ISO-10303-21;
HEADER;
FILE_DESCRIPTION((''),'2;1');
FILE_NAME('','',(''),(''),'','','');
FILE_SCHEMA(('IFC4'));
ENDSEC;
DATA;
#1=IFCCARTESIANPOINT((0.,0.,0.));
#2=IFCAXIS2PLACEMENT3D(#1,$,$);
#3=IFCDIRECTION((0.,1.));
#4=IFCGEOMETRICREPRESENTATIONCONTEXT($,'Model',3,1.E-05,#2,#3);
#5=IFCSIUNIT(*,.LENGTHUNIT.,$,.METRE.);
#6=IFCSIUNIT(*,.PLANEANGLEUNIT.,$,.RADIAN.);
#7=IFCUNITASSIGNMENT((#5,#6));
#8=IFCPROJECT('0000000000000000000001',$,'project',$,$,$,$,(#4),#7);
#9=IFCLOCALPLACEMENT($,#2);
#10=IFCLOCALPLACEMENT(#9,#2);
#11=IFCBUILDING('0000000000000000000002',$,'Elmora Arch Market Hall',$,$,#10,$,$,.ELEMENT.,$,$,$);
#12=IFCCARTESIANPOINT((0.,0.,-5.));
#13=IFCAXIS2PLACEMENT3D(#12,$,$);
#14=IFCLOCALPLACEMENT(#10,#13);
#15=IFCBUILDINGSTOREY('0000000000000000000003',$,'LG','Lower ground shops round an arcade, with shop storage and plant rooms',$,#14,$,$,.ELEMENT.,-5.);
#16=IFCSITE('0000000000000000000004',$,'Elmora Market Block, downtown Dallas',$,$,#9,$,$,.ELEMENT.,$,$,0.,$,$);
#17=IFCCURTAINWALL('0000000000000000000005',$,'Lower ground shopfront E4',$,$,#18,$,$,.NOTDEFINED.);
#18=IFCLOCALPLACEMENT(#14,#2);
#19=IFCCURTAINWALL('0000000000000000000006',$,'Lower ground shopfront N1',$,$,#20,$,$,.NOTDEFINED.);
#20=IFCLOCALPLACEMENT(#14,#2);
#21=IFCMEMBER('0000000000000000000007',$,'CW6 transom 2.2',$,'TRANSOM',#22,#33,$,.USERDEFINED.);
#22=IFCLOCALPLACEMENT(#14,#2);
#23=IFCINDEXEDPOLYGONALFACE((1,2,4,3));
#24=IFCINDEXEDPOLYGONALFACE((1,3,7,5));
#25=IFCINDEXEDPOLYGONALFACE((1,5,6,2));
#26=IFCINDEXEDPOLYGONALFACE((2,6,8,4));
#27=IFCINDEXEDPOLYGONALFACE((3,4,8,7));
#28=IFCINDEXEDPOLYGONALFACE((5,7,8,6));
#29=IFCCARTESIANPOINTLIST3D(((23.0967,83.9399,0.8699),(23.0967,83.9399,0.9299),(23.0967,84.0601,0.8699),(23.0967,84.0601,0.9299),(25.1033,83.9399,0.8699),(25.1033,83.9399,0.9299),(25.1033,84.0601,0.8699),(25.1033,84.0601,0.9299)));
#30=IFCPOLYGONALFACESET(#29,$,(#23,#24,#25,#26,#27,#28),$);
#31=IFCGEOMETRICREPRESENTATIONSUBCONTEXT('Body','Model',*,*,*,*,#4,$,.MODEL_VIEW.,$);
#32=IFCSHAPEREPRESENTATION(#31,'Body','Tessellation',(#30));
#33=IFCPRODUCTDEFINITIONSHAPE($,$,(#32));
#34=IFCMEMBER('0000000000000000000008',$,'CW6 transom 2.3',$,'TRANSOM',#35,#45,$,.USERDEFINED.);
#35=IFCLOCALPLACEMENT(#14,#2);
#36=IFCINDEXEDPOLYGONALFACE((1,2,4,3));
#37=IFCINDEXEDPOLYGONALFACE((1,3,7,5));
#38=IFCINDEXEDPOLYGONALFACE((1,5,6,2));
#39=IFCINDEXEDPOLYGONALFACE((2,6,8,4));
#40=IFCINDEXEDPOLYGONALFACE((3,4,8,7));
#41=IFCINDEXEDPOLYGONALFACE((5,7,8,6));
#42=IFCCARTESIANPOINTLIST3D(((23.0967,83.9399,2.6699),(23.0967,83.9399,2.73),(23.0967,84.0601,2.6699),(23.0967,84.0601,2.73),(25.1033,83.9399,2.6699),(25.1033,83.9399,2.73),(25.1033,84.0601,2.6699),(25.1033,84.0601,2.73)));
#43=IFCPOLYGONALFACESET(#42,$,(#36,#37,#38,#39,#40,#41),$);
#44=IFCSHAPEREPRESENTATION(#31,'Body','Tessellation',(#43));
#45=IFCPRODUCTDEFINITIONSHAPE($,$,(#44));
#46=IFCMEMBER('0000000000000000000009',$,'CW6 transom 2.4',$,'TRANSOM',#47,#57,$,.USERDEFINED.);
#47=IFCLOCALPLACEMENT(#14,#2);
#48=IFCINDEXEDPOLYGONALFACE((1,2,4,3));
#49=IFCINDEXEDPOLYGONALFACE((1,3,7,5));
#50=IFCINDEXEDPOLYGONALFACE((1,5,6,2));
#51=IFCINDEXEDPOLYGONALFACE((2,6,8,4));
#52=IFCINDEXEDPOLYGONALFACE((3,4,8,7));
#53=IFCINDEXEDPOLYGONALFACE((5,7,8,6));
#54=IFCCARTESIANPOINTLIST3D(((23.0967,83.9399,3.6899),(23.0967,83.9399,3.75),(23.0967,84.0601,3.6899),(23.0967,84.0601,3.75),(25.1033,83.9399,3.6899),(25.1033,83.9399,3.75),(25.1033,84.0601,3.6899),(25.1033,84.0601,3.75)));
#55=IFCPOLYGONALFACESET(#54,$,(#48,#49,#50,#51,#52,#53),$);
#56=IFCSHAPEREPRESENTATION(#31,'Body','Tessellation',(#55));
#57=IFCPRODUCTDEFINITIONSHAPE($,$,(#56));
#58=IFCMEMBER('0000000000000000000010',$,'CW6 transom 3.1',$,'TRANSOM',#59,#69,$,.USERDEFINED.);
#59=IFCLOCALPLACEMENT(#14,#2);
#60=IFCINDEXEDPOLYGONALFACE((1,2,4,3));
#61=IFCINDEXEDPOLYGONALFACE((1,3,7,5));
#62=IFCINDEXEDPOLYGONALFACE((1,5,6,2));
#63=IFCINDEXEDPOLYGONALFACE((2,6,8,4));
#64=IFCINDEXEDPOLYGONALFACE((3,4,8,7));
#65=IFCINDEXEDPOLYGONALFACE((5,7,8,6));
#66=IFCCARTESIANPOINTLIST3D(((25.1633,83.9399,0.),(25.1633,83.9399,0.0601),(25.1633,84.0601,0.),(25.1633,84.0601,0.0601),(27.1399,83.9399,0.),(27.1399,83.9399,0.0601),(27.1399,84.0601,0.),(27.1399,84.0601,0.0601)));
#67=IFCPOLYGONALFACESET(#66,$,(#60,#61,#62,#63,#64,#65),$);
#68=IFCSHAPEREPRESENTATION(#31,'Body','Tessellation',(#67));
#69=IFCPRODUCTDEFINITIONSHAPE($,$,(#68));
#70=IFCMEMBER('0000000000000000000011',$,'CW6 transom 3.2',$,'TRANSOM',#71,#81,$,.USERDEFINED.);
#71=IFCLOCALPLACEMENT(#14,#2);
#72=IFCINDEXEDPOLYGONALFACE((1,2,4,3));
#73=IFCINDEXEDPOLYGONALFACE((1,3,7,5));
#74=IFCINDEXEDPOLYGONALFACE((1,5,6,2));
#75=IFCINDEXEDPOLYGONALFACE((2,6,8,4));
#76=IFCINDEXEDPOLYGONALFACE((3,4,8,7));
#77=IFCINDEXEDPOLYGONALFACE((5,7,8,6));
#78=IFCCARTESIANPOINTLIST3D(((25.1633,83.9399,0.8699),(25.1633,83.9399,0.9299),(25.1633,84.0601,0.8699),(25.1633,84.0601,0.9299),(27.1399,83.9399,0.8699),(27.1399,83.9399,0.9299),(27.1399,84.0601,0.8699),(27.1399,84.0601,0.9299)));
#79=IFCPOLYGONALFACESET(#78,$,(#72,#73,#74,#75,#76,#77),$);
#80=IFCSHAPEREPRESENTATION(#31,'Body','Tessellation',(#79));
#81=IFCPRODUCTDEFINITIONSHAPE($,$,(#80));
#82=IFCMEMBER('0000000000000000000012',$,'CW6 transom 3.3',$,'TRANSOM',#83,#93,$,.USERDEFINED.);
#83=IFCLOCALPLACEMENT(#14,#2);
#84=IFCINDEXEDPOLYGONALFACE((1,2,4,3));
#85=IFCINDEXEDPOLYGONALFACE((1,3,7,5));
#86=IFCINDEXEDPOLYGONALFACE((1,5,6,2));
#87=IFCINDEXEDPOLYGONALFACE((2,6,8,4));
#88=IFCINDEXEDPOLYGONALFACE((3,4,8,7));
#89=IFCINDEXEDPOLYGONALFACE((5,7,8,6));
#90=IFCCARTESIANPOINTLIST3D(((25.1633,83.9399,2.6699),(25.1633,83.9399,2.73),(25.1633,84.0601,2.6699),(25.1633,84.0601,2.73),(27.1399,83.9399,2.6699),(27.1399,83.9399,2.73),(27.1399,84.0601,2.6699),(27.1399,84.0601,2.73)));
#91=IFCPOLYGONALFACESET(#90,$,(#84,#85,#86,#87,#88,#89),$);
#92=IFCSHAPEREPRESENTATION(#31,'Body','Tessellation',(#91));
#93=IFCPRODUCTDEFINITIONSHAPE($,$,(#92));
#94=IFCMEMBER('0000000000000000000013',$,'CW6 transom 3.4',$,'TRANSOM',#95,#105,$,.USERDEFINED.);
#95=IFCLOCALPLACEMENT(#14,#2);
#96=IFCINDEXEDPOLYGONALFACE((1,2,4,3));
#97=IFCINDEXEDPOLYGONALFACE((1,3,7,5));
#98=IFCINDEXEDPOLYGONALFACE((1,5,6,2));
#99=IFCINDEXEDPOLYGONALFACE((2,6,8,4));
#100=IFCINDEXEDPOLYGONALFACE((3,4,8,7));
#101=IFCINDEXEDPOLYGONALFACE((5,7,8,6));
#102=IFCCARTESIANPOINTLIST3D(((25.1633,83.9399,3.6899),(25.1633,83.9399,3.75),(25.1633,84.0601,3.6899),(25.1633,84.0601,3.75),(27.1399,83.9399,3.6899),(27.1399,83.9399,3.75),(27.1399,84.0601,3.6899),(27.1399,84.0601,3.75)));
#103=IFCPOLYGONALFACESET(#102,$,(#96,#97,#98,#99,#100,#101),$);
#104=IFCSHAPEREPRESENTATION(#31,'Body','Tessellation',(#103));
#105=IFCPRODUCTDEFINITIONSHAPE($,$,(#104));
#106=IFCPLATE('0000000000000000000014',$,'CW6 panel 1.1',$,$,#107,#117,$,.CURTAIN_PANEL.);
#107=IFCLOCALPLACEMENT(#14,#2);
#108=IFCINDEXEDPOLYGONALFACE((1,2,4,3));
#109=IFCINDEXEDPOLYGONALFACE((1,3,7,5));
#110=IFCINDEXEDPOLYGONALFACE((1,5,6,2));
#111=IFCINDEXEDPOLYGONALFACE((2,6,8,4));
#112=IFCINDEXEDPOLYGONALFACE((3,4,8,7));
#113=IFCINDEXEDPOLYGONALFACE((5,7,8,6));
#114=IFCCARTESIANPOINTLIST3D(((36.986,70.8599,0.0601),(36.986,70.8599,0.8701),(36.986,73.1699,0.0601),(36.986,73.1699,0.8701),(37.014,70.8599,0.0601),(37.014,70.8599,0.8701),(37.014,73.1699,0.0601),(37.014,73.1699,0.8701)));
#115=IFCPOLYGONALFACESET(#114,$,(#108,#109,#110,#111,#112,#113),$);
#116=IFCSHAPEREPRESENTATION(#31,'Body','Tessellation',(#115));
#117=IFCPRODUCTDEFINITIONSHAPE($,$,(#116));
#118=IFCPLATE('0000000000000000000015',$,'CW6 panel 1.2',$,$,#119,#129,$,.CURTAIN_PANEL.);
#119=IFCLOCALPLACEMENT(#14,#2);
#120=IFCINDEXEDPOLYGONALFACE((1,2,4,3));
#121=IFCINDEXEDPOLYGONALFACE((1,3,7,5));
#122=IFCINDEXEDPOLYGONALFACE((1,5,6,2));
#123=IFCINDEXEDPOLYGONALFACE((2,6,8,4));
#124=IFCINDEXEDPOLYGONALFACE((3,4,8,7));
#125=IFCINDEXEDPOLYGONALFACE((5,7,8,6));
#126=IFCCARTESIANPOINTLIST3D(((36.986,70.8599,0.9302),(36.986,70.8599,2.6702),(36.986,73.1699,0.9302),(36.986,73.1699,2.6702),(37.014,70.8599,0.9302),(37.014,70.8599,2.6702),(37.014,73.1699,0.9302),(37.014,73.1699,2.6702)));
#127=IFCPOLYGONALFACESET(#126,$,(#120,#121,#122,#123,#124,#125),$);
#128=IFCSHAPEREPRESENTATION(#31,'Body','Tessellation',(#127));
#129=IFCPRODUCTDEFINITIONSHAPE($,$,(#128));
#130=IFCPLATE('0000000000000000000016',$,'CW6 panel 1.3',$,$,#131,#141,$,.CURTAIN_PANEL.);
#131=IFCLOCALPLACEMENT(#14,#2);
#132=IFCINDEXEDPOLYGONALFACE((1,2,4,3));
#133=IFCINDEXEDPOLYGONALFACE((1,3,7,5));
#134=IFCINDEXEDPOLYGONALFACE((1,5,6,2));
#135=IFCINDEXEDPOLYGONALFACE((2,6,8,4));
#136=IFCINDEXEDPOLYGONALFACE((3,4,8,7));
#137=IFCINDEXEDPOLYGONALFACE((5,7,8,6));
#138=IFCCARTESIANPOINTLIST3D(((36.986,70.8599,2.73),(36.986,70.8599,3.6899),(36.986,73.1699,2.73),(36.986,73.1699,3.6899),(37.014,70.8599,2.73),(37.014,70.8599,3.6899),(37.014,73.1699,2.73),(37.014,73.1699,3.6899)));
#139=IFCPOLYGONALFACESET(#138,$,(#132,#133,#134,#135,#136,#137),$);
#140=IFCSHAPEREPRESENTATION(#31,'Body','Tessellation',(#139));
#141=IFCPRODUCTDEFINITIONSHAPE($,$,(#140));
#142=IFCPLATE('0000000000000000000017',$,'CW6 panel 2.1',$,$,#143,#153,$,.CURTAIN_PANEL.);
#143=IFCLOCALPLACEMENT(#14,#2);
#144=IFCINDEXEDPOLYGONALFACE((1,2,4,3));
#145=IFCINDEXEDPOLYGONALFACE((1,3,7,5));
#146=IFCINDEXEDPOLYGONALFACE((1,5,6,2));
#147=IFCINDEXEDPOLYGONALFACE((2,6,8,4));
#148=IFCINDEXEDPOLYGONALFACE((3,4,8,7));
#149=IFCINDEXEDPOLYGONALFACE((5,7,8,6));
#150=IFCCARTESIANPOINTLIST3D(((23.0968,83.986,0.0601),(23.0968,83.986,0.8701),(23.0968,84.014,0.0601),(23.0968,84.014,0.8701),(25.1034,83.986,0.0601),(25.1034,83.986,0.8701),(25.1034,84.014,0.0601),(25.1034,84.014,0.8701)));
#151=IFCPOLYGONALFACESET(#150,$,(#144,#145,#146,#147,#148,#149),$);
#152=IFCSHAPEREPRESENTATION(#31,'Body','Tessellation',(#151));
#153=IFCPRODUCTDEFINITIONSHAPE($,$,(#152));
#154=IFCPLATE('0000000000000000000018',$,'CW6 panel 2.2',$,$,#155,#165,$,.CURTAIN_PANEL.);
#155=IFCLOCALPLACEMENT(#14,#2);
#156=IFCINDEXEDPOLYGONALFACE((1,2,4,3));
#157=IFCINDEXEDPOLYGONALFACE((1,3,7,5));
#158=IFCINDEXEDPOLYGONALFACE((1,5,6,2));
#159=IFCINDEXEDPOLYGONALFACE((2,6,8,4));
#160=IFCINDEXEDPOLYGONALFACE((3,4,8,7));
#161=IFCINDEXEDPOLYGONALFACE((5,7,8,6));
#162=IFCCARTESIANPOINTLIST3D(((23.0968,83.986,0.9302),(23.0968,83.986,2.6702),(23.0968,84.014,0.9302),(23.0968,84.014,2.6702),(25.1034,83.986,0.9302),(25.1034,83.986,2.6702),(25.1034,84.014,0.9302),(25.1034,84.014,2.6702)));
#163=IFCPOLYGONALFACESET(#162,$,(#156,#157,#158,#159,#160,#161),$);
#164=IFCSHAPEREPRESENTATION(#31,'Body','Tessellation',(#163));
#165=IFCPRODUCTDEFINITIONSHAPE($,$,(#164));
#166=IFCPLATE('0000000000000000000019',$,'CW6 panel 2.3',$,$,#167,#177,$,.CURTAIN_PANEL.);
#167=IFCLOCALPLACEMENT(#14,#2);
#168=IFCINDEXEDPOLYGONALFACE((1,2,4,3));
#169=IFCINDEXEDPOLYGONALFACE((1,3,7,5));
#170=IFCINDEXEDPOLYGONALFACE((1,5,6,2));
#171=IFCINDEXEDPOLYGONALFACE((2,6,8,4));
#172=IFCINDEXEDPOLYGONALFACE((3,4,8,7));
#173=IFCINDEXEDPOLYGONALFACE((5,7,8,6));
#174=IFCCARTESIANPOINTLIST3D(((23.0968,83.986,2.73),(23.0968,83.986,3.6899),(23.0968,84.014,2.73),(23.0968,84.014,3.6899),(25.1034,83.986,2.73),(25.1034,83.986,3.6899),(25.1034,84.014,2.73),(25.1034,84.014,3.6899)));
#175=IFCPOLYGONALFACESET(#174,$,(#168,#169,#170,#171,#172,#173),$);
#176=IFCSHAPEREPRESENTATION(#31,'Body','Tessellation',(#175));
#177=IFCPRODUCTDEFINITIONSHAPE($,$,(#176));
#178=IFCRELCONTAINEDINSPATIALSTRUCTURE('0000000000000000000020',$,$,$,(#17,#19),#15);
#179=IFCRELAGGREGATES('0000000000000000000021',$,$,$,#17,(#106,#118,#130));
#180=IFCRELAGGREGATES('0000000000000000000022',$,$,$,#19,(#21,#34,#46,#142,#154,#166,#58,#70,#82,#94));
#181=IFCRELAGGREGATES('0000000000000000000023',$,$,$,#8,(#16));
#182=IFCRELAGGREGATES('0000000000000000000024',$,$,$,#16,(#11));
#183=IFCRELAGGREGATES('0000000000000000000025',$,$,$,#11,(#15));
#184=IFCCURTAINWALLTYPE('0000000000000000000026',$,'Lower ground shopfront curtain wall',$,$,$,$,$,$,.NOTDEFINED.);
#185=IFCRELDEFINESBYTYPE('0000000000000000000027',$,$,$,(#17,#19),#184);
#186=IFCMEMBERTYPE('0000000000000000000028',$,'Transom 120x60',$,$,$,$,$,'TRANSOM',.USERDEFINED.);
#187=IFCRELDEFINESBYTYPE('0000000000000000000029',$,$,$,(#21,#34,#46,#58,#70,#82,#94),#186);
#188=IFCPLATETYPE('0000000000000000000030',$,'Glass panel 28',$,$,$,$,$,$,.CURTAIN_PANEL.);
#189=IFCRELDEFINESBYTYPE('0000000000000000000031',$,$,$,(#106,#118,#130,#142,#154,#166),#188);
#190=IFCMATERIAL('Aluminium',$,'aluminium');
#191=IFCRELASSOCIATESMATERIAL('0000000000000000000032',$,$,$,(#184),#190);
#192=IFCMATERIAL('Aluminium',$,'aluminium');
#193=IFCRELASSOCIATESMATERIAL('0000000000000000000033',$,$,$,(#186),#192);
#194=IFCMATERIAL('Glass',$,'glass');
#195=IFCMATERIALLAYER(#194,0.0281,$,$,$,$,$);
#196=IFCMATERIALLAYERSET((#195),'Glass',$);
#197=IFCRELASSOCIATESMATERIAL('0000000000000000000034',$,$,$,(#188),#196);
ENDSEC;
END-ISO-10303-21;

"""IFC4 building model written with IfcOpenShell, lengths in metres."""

from ifc_helpers import new_model, si_unit, direction, frame, origin, origin_2d, place, context, subcontext, project, spatial, rectangle, extrude, material, layer, layer_set, material_profile, profile_set, type_object, element, aggregate, save


model = new_model("IFC4")

# Units and contexts
model_context = context("Model", 3, precision=1e-05, world=origin(), true_north=direction((0.0, 1.0)))
body_context = subcontext(model_context, "Body", "Model", "MODEL_VIEW")
ifc_project = project(units=[si_unit("LENGTHUNIT", "METRE"), si_unit("PLANEANGLEUNIT", "RADIAN")], contexts=[model_context])

# Site, building, storey
site_placement = place(None, origin())
site = spatial("IfcSite", under=ifc_project, at=site_placement, Name="Elmora Market Block, downtown Dallas", CompositionType="ELEMENT", RefElevation=0.0)
building_placement = place(site_placement, origin())
building = spatial("IfcBuilding", under=site, at=building_placement, Name="Elmora Arch Market Hall", CompositionType="ELEMENT")
storey_placement = place(building_placement, frame((0.0, 0.0, -5.0)))
storey = spatial("IfcBuildingStorey", under=building, at=storey_placement, Name="LG", Description="Lower ground shops round an arcade, with shop storage and plant rooms", CompositionType="ELEMENT", Elevation=-5.0)

# Curtain wall
ifc_material_1 = material(Name="Aluminium", Category="aluminium")
curtain_wall_type = type_object("IfcCurtainWallType", Name="Lower ground shopfront curtain wall", PredefinedType="NOTDEFINED", material=ifc_material_1)
curtain_wall_1_placement = place(storey_placement, origin())
curtain_wall_1 = element("IfcCurtainWall", 1, at=curtain_wall_1_placement, inside=storey, type_object=curtain_wall_type, Name="Lower ground shopfront E4", PredefinedType="NOTDEFINED")

# Curtain wall, members
curtain_wall_2_placement = place(storey_placement, origin())
curtain_wall_2 = element("IfcCurtainWall", 2, at=curtain_wall_2_placement, inside=storey, type_object=curtain_wall_type, Name="Lower ground shopfront N1", PredefinedType="NOTDEFINED")
ifc_material_2 = material(Name="Aluminium", Category="aluminium")
ifc_material_profile_1 = material_profile(ifc_material_2, rectangle(XDim=0.1201, YDim=0.0601, at=origin_2d()), Name="AL 120x60")
ifc_profile_set_1 = profile_set([ifc_material_profile_1], Name="Aluminium")
member_type_1 = type_object("IfcMemberType", Name="Transom 120x60", ElementType="TRANSOM", PredefinedType="USERDEFINED", material=ifc_profile_set_1)
member_1_placement = place(storey_placement, frame((23.0967, 84.0, 0.8999), z_axis=(1.0, 0.0, 0.0), x_axis=(0.0, 1.0, 0.0)))
member_1 = element("IfcMember", 3, at=member_1_placement, type_object=member_type_1, Name="CW6 transom 2.2", ObjectType="TRANSOM", PredefinedType="USERDEFINED", context=body_context, shape_type="SweptSolid", body=[
    extrude(rectangle(XDim=0.1201, YDim=0.0601, at=origin_2d()), origin(), (0.0, 0.0, 1.0), 2.0066),
])
member_2_placement = place(storey_placement, frame((23.0967, 84.0, 2.7), z_axis=(1.0, 0.0, 0.0), x_axis=(0.0, 1.0, 0.0)))
member_2 = element("IfcMember", 4, at=member_2_placement, type_object=member_type_1, Name="CW6 transom 2.3", ObjectType="TRANSOM", PredefinedType="USERDEFINED", context=body_context, shape_type="SweptSolid", body=[
    extrude(rectangle(XDim=0.1201, YDim=0.0601, at=origin_2d()), origin(), (0.0, 0.0, 1.0), 2.0066),
])
member_3_placement = place(storey_placement, frame((23.0967, 84.0, 3.72), z_axis=(1.0, 0.0, 0.0), x_axis=(0.0, 1.0, 0.0)))
member_3 = element("IfcMember", 5, at=member_3_placement, type_object=member_type_1, Name="CW6 transom 2.4", ObjectType="TRANSOM", PredefinedType="USERDEFINED", context=body_context, shape_type="SweptSolid", body=[
    extrude(rectangle(XDim=0.1201, YDim=0.0601, at=origin_2d()), origin(), (0.0, 0.0, 1.0), 2.0066),
])
member_4_placement = place(storey_placement, frame((25.1633, 84.0, 0.03), z_axis=(1.0, 0.0, 0.0), x_axis=(0.0, 1.0, 0.0)))
member_4 = element("IfcMember", 6, at=member_4_placement, type_object=member_type_1, Name="CW6 transom 3.1", ObjectType="TRANSOM", PredefinedType="USERDEFINED", context=body_context, shape_type="SweptSolid", body=[
    extrude(rectangle(XDim=0.1201, YDim=0.0601, at=origin_2d()), origin(), (0.0, 0.0, 1.0), 1.9766),
])
member_5_placement = place(storey_placement, frame((25.1633, 84.0, 0.8999), z_axis=(1.0, 0.0, 0.0), x_axis=(0.0, 1.0, 0.0)))
member_5 = element("IfcMember", 7, at=member_5_placement, type_object=member_type_1, Name="CW6 transom 3.2", ObjectType="TRANSOM", PredefinedType="USERDEFINED", context=body_context, shape_type="SweptSolid", body=[
    extrude(rectangle(XDim=0.1201, YDim=0.0601, at=origin_2d()), origin(), (0.0, 0.0, 1.0), 1.9766),
])
member_6_placement = place(storey_placement, frame((25.1633, 84.0, 2.7), z_axis=(1.0, 0.0, 0.0), x_axis=(0.0, 1.0, 0.0)))
member_6 = element("IfcMember", 8, at=member_6_placement, type_object=member_type_1, Name="CW6 transom 3.3", ObjectType="TRANSOM", PredefinedType="USERDEFINED", context=body_context, shape_type="SweptSolid", body=[
    extrude(rectangle(XDim=0.1201, YDim=0.0601, at=origin_2d()), origin(), (0.0, 0.0, 1.0), 1.9766),
])
member_7_placement = place(storey_placement, frame((25.1633, 84.0, 3.72), z_axis=(1.0, 0.0, 0.0), x_axis=(0.0, 1.0, 0.0)))
member_7 = element("IfcMember", 9, at=member_7_placement, type_object=member_type_1, Name="CW6 transom 3.4", ObjectType="TRANSOM", PredefinedType="USERDEFINED", context=body_context, shape_type="SweptSolid", body=[
    extrude(rectangle(XDim=0.1201, YDim=0.0601, at=origin_2d()), origin(), (0.0, 0.0, 1.0), 1.9766),
])

# Plates
ifc_material_3 = material(Name="Glass", Category="glass")
ifc_layer = layer(ifc_material_3, 0.0281)
ifc_layer_set = layer_set([ifc_layer], Name="Glass")
plate_type = type_object("IfcPlateType", Name="Glass panel 28", PredefinedType="CURTAIN_PANEL", material=ifc_layer_set)
plate_1_placement = place(storey_placement, frame((37.0, 72.0149, 0.0601), z_axis=(0.0, 0.0, 1.0), x_axis=(0.0, 1.0, 0.0)))
plate_1 = element("IfcPlate", 10, at=plate_1_placement, type_object=plate_type, Name="CW6 panel 1.1", PredefinedType="CURTAIN_PANEL", context=body_context, shape_type="SweptSolid", body=[
    extrude(rectangle(XDim=2.3101, YDim=0.0281, at=origin_2d()), origin(), (0.0, 0.0, 1.0), 0.8101),
])
plate_2_placement = place(storey_placement, frame((37.0, 72.0149, 0.9302), z_axis=(0.0, 0.0, 1.0), x_axis=(0.0, 1.0, 0.0)))
plate_2 = element("IfcPlate", 11, at=plate_2_placement, type_object=plate_type, Name="CW6 panel 1.2", PredefinedType="CURTAIN_PANEL", context=body_context, shape_type="SweptSolid", body=[
    extrude(rectangle(XDim=2.3101, YDim=0.0281, at=origin_2d()), origin(), (0.0, 0.0, 1.0), 1.74),
])
plate_3_placement = place(storey_placement, frame((37.0, 72.0149, 2.73), z_axis=(0.0, 0.0, 1.0), x_axis=(0.0, 1.0, 0.0)))
plate_3 = element("IfcPlate", 12, at=plate_3_placement, type_object=plate_type, Name="CW6 panel 1.3", PredefinedType="CURTAIN_PANEL", context=body_context, shape_type="SweptSolid", body=[
    extrude(rectangle(XDim=2.3101, YDim=0.0281, at=origin_2d()), origin(), (0.0, 0.0, 1.0), 0.96),
])
aggregate(curtain_wall_1, [plate_1, plate_2, plate_3])
plate_4_placement = place(storey_placement, frame((24.1001, 84.0, 0.0601), z_axis=(0.0, 0.0, 1.0), x_axis=(1.0, 0.0, 0.0)))
plate_4 = element("IfcPlate", 13, at=plate_4_placement, type_object=plate_type, Name="CW6 panel 2.1", PredefinedType="CURTAIN_PANEL", context=body_context, shape_type="SweptSolid", body=[
    extrude(rectangle(XDim=2.0066, YDim=0.0281, at=origin_2d()), origin(), (0.0, 0.0, 1.0), 0.8101),
])
plate_5_placement = place(storey_placement, frame((24.1001, 84.0, 0.9302), z_axis=(0.0, 0.0, 1.0), x_axis=(1.0, 0.0, 0.0)))
plate_5 = element("IfcPlate", 14, at=plate_5_placement, type_object=plate_type, Name="CW6 panel 2.2", PredefinedType="CURTAIN_PANEL", context=body_context, shape_type="SweptSolid", body=[
    extrude(rectangle(XDim=2.0066, YDim=0.0281, at=origin_2d()), origin(), (0.0, 0.0, 1.0), 1.74),
])
plate_6_placement = place(storey_placement, frame((24.1001, 84.0, 2.73), z_axis=(0.0, 0.0, 1.0), x_axis=(1.0, 0.0, 0.0)))
plate_6 = element("IfcPlate", 15, at=plate_6_placement, type_object=plate_type, Name="CW6 panel 2.3", PredefinedType="CURTAIN_PANEL", context=body_context, shape_type="SweptSolid", body=[
    extrude(rectangle(XDim=2.0066, YDim=0.0281, at=origin_2d()), origin(), (0.0, 0.0, 1.0), 0.96),
])
aggregate(curtain_wall_2, [member_1, member_2, member_3, plate_4, plate_5, plate_6, member_4, member_5, member_6, member_7])

save(model, "model.ifc")
